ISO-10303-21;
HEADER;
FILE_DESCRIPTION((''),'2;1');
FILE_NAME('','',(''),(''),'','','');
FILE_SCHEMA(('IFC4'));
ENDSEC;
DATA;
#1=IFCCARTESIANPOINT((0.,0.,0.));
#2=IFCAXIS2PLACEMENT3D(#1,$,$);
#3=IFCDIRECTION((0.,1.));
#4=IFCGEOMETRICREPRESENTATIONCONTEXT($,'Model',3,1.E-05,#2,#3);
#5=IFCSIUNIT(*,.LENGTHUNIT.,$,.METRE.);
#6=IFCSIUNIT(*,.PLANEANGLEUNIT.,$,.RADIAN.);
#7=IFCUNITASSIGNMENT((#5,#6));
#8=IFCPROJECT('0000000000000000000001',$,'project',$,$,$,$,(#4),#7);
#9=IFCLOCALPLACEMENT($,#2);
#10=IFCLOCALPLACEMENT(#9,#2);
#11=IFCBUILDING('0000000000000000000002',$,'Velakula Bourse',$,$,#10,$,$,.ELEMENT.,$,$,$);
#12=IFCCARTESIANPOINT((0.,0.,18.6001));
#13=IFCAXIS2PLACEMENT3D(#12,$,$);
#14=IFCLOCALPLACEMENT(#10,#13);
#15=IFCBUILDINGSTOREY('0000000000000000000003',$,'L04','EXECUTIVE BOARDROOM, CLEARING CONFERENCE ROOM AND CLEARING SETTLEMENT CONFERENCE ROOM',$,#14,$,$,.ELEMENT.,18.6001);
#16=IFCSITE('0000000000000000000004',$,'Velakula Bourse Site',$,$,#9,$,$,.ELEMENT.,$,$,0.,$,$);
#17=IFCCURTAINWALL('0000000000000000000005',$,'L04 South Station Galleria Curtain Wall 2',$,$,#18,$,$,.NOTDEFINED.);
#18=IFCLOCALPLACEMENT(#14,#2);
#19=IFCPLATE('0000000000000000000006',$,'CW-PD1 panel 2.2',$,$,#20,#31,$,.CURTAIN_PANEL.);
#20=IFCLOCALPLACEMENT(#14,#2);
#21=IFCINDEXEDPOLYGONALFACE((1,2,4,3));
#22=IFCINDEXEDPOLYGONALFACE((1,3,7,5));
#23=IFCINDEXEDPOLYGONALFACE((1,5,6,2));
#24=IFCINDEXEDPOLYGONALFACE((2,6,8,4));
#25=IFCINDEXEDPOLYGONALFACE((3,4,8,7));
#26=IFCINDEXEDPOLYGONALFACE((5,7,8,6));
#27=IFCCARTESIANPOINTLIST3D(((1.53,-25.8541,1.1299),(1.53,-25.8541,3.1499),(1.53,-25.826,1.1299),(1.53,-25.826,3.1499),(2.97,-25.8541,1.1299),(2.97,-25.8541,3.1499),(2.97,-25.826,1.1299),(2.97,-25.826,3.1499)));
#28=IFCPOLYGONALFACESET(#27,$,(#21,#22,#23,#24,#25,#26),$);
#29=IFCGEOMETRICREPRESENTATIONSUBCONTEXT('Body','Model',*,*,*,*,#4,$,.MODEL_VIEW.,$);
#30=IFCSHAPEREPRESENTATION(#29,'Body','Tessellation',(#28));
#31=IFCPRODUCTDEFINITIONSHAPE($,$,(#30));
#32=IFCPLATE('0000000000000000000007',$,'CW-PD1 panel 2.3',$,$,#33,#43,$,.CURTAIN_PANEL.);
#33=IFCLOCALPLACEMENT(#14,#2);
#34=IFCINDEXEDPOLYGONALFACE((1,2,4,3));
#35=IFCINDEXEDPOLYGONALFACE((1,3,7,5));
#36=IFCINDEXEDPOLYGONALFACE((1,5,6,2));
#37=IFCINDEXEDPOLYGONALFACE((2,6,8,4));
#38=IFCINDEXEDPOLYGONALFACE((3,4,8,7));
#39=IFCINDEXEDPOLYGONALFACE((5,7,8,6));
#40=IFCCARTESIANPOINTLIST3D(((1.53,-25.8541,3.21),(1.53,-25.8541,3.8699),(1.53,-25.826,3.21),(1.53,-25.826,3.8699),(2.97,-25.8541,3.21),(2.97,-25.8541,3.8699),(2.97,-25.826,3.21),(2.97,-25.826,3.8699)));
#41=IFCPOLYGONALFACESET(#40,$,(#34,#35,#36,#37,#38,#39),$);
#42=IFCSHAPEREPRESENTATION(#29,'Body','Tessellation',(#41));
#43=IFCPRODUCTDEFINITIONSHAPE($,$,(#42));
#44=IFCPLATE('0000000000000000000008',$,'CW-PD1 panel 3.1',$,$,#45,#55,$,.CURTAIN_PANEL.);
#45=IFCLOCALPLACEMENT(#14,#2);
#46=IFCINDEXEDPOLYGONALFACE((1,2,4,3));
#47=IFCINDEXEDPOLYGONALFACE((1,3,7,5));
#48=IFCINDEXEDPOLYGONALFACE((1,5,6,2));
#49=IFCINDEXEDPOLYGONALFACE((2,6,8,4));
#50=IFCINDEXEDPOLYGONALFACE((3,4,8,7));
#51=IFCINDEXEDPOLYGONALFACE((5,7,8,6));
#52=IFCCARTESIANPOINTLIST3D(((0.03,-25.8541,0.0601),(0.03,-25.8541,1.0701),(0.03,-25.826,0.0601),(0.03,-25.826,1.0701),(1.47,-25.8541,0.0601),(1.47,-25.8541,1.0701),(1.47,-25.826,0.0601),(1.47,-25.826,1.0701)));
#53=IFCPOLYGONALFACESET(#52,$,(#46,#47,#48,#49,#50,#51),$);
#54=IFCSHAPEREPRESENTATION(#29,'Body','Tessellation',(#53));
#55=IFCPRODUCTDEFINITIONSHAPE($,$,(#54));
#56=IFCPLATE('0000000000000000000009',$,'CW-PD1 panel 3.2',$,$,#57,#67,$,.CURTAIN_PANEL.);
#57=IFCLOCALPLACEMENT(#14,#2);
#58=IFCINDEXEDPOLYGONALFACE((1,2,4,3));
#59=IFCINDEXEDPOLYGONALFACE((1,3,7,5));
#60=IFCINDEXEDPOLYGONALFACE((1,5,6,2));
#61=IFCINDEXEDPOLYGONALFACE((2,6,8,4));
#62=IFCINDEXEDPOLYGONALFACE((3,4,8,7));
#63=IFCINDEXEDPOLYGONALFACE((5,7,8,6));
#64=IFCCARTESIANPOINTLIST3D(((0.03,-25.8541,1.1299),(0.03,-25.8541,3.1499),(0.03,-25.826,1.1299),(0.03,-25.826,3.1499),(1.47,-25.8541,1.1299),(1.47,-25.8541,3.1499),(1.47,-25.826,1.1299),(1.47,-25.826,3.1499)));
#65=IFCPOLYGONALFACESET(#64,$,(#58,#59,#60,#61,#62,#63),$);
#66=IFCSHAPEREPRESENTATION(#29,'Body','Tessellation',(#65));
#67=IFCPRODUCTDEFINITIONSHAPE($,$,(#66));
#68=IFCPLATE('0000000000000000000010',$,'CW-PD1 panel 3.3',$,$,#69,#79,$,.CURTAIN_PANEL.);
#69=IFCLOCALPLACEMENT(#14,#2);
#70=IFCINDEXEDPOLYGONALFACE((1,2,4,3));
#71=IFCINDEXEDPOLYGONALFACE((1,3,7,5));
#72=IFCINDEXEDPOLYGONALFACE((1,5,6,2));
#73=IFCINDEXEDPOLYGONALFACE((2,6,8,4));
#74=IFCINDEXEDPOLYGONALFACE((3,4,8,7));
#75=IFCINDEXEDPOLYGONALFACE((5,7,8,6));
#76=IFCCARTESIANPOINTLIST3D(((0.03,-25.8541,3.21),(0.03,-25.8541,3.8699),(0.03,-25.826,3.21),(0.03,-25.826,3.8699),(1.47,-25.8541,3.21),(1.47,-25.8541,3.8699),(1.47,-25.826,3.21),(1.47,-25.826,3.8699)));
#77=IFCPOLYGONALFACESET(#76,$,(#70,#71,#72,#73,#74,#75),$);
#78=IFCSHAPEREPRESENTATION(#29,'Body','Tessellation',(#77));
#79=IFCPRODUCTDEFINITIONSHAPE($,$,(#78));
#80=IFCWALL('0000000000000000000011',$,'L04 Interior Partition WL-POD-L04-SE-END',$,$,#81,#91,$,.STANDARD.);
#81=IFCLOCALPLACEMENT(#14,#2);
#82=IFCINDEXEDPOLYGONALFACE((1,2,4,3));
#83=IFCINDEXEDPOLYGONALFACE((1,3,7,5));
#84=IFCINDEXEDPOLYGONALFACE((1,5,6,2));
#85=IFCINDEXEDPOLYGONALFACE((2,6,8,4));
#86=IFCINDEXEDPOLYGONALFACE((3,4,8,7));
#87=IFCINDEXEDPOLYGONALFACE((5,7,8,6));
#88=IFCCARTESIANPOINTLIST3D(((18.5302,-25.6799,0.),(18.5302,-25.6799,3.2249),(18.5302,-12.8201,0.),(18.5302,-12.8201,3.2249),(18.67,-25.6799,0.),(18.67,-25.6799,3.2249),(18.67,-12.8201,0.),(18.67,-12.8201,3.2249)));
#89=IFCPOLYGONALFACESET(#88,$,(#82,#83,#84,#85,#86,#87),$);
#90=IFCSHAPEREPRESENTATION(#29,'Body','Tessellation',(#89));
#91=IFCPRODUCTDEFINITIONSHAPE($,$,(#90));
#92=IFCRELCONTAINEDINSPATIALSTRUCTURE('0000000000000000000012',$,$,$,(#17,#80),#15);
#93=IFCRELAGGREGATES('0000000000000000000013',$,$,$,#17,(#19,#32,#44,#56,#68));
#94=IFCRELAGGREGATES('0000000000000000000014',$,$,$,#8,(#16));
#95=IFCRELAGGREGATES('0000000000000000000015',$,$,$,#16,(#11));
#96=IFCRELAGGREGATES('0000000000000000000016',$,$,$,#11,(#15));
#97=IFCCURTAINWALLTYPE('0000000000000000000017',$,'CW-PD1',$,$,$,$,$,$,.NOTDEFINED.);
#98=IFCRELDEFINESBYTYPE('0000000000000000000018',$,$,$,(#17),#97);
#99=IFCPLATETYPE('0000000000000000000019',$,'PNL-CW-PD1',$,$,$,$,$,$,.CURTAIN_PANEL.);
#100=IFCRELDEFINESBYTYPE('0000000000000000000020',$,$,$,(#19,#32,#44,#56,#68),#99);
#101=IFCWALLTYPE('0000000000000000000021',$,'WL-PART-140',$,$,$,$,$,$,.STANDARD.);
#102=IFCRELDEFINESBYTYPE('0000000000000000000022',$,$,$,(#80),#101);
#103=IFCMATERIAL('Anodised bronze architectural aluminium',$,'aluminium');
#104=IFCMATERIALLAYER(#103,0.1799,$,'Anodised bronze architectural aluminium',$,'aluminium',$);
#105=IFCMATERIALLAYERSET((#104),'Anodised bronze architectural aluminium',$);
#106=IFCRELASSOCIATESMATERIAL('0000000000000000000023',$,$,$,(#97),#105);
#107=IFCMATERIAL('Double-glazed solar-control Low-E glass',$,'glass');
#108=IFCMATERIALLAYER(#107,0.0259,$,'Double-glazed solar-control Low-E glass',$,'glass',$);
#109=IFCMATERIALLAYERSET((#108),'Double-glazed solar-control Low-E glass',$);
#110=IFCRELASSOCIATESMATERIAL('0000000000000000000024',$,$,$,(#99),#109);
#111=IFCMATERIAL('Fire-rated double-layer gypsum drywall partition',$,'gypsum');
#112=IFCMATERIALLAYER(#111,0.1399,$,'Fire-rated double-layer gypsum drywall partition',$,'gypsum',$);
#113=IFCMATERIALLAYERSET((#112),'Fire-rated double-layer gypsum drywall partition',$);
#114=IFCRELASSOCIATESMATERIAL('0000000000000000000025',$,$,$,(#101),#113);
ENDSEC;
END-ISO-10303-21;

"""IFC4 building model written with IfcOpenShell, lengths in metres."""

from ifc_helpers import new_model, si_unit, direction, frame, frame_2d, origin, origin_2d, place, context, subcontext, project, spatial, rectangle, extrude, material, layer, layer_set, type_object, element, aggregate, save


model = new_model("IFC4")

# Units and contexts
model_context = context("Model", 3, precision=1e-05, world=origin(), true_north=direction((0.0, 1.0)))
body_context = subcontext(model_context, "Body", "Model", "MODEL_VIEW")
ifc_project = project(units=[si_unit("LENGTHUNIT", "METRE"), si_unit("PLANEANGLEUNIT", "RADIAN")], contexts=[model_context])

# Site, building, storey
site_placement = place(None, origin())
site = spatial("IfcSite", under=ifc_project, at=site_placement, Name="Velakula Bourse Site", CompositionType="ELEMENT", RefElevation=0.0)
building_placement = place(site_placement, origin())
building = spatial("IfcBuilding", under=site, at=building_placement, Name="Velakula Bourse", CompositionType="ELEMENT")
storey_placement = place(building_placement, frame((0.0, 0.0, 18.6001)))
storey = spatial("IfcBuildingStorey", under=building, at=storey_placement, Name="L04", Description="EXECUTIVE BOARDROOM, CLEARING CONFERENCE ROOM AND CLEARING SETTLEMENT CONFERENCE ROOM", CompositionType="ELEMENT", Elevation=18.6001)

# Curtain wall, plates
ifc_material_1 = material(Name="Anodised bronze architectural aluminium", Category="aluminium")
ifc_layer_1 = layer(ifc_material_1, 0.1799, Name="Anodised bronze architectural aluminium", Category="aluminium")
ifc_layer_set_1 = layer_set([ifc_layer_1], Name="Anodised bronze architectural aluminium")
curtain_wall_type = type_object("IfcCurtainWallType", Name="CW-PD1", PredefinedType="NOTDEFINED", material=ifc_layer_set_1)
curtain_wall_placement = place(storey_placement, origin())
curtain_wall = element("IfcCurtainWall", 1, at=curtain_wall_placement, inside=storey, type_object=curtain_wall_type, Name="L04 South Station Galleria Curtain Wall 2", PredefinedType="NOTDEFINED")
ifc_material_2 = material(Name="Double-glazed solar-control Low-E glass", Category="glass")
ifc_layer_2 = layer(ifc_material_2, 0.0259, Name="Double-glazed solar-control Low-E glass", Category="glass")
ifc_layer_set_2 = layer_set([ifc_layer_2], Name="Double-glazed solar-control Low-E glass")
plate_type = type_object("IfcPlateType", Name="PNL-CW-PD1", PredefinedType="CURTAIN_PANEL", material=ifc_layer_set_2)
plate_1_placement = place(storey_placement, frame((2.25, -25.8401, 1.1299), z_axis=(0.0, 0.0, 1.0), x_axis=(-1.0, 0.0, 0.0)))
plate_1 = element("IfcPlate", 2, at=plate_1_placement, type_object=plate_type, Name="CW-PD1 panel 2.2", PredefinedType="CURTAIN_PANEL", context=body_context, shape_type="SweptSolid", body=[
    extrude(rectangle(XDim=1.4399, YDim=0.0281, at=origin_2d()), origin(), (0.0, 0.0, 1.0), 2.02),
])
plate_2_placement = place(storey_placement, frame((2.25, -25.8401, 3.21), z_axis=(0.0, 0.0, 1.0), x_axis=(-1.0, 0.0, 0.0)))
plate_2 = element("IfcPlate", 3, at=plate_2_placement, type_object=plate_type, Name="CW-PD1 panel 2.3", PredefinedType="CURTAIN_PANEL", context=body_context, shape_type="SweptSolid", body=[
    extrude(rectangle(XDim=1.4399, YDim=0.0281, at=origin_2d()), origin(), (0.0, 0.0, 1.0), 0.6599),
])
plate_3_placement = place(storey_placement, frame((0.75, -25.8401, 0.0601), z_axis=(0.0, 0.0, 1.0), x_axis=(-1.0, 0.0, 0.0)))
plate_3 = element("IfcPlate", 4, at=plate_3_placement, type_object=plate_type, Name="CW-PD1 panel 3.1", PredefinedType="CURTAIN_PANEL", context=body_context, shape_type="SweptSolid", body=[
    extrude(rectangle(XDim=1.4399, YDim=0.0281, at=origin_2d()), origin(), (0.0, 0.0, 1.0), 1.01),
])
plate_4_placement = place(storey_placement, frame((0.75, -25.8401, 1.1299), z_axis=(0.0, 0.0, 1.0), x_axis=(-1.0, 0.0, 0.0)))
plate_4 = element("IfcPlate", 5, at=plate_4_placement, type_object=plate_type, Name="CW-PD1 panel 3.2", PredefinedType="CURTAIN_PANEL", context=body_context, shape_type="SweptSolid", body=[
    extrude(rectangle(XDim=1.4399, YDim=0.0281, at=origin_2d()), origin(), (0.0, 0.0, 1.0), 2.02),
])
plate_5_placement = place(storey_placement, frame((0.75, -25.8401, 3.21), z_axis=(0.0, 0.0, 1.0), x_axis=(-1.0, 0.0, 0.0)))
plate_5 = element("IfcPlate", 6, at=plate_5_placement, type_object=plate_type, Name="CW-PD1 panel 3.3", PredefinedType="CURTAIN_PANEL", context=body_context, shape_type="SweptSolid", body=[
    extrude(rectangle(XDim=1.4399, YDim=0.0281, at=origin_2d()), origin(), (0.0, 0.0, 1.0), 0.6599),
])
aggregate(curtain_wall, [plate_1, plate_2, plate_3, plate_4, plate_5])

# Wall
ifc_material_3 = material(Name="Fire-rated double-layer gypsum drywall partition", Category="gypsum")
ifc_layer_3 = layer(ifc_material_3, 0.1399, Name="Fire-rated double-layer gypsum drywall partition", Category="gypsum")
ifc_layer_set_3 = layer_set([ifc_layer_3], Name="Fire-rated double-layer gypsum drywall partition")
wall_type = type_object("IfcWallType", Name="WL-PART-140", PredefinedType="STANDARD", material=ifc_layer_set_3)
wall_placement = place(storey_placement, frame((18.6001, -25.6799, 0.0), z_axis=(0.0, 0.0, 1.0), x_axis=(0.0, 1.0, 0.0)))
element("IfcWall", 7, at=wall_placement, inside=storey, type_object=wall_type, Name="L04 Interior Partition WL-POD-L04-SE-END", PredefinedType="STANDARD", context=body_context, shape_type="SweptSolid", body=[
    extrude(rectangle(XDim=12.8599, YDim=0.1399, at=frame_2d((6.4299, 0.0))), origin(), (0.0, 0.0, 1.0), 3.2249),
])

save(model, "model.ifc")
